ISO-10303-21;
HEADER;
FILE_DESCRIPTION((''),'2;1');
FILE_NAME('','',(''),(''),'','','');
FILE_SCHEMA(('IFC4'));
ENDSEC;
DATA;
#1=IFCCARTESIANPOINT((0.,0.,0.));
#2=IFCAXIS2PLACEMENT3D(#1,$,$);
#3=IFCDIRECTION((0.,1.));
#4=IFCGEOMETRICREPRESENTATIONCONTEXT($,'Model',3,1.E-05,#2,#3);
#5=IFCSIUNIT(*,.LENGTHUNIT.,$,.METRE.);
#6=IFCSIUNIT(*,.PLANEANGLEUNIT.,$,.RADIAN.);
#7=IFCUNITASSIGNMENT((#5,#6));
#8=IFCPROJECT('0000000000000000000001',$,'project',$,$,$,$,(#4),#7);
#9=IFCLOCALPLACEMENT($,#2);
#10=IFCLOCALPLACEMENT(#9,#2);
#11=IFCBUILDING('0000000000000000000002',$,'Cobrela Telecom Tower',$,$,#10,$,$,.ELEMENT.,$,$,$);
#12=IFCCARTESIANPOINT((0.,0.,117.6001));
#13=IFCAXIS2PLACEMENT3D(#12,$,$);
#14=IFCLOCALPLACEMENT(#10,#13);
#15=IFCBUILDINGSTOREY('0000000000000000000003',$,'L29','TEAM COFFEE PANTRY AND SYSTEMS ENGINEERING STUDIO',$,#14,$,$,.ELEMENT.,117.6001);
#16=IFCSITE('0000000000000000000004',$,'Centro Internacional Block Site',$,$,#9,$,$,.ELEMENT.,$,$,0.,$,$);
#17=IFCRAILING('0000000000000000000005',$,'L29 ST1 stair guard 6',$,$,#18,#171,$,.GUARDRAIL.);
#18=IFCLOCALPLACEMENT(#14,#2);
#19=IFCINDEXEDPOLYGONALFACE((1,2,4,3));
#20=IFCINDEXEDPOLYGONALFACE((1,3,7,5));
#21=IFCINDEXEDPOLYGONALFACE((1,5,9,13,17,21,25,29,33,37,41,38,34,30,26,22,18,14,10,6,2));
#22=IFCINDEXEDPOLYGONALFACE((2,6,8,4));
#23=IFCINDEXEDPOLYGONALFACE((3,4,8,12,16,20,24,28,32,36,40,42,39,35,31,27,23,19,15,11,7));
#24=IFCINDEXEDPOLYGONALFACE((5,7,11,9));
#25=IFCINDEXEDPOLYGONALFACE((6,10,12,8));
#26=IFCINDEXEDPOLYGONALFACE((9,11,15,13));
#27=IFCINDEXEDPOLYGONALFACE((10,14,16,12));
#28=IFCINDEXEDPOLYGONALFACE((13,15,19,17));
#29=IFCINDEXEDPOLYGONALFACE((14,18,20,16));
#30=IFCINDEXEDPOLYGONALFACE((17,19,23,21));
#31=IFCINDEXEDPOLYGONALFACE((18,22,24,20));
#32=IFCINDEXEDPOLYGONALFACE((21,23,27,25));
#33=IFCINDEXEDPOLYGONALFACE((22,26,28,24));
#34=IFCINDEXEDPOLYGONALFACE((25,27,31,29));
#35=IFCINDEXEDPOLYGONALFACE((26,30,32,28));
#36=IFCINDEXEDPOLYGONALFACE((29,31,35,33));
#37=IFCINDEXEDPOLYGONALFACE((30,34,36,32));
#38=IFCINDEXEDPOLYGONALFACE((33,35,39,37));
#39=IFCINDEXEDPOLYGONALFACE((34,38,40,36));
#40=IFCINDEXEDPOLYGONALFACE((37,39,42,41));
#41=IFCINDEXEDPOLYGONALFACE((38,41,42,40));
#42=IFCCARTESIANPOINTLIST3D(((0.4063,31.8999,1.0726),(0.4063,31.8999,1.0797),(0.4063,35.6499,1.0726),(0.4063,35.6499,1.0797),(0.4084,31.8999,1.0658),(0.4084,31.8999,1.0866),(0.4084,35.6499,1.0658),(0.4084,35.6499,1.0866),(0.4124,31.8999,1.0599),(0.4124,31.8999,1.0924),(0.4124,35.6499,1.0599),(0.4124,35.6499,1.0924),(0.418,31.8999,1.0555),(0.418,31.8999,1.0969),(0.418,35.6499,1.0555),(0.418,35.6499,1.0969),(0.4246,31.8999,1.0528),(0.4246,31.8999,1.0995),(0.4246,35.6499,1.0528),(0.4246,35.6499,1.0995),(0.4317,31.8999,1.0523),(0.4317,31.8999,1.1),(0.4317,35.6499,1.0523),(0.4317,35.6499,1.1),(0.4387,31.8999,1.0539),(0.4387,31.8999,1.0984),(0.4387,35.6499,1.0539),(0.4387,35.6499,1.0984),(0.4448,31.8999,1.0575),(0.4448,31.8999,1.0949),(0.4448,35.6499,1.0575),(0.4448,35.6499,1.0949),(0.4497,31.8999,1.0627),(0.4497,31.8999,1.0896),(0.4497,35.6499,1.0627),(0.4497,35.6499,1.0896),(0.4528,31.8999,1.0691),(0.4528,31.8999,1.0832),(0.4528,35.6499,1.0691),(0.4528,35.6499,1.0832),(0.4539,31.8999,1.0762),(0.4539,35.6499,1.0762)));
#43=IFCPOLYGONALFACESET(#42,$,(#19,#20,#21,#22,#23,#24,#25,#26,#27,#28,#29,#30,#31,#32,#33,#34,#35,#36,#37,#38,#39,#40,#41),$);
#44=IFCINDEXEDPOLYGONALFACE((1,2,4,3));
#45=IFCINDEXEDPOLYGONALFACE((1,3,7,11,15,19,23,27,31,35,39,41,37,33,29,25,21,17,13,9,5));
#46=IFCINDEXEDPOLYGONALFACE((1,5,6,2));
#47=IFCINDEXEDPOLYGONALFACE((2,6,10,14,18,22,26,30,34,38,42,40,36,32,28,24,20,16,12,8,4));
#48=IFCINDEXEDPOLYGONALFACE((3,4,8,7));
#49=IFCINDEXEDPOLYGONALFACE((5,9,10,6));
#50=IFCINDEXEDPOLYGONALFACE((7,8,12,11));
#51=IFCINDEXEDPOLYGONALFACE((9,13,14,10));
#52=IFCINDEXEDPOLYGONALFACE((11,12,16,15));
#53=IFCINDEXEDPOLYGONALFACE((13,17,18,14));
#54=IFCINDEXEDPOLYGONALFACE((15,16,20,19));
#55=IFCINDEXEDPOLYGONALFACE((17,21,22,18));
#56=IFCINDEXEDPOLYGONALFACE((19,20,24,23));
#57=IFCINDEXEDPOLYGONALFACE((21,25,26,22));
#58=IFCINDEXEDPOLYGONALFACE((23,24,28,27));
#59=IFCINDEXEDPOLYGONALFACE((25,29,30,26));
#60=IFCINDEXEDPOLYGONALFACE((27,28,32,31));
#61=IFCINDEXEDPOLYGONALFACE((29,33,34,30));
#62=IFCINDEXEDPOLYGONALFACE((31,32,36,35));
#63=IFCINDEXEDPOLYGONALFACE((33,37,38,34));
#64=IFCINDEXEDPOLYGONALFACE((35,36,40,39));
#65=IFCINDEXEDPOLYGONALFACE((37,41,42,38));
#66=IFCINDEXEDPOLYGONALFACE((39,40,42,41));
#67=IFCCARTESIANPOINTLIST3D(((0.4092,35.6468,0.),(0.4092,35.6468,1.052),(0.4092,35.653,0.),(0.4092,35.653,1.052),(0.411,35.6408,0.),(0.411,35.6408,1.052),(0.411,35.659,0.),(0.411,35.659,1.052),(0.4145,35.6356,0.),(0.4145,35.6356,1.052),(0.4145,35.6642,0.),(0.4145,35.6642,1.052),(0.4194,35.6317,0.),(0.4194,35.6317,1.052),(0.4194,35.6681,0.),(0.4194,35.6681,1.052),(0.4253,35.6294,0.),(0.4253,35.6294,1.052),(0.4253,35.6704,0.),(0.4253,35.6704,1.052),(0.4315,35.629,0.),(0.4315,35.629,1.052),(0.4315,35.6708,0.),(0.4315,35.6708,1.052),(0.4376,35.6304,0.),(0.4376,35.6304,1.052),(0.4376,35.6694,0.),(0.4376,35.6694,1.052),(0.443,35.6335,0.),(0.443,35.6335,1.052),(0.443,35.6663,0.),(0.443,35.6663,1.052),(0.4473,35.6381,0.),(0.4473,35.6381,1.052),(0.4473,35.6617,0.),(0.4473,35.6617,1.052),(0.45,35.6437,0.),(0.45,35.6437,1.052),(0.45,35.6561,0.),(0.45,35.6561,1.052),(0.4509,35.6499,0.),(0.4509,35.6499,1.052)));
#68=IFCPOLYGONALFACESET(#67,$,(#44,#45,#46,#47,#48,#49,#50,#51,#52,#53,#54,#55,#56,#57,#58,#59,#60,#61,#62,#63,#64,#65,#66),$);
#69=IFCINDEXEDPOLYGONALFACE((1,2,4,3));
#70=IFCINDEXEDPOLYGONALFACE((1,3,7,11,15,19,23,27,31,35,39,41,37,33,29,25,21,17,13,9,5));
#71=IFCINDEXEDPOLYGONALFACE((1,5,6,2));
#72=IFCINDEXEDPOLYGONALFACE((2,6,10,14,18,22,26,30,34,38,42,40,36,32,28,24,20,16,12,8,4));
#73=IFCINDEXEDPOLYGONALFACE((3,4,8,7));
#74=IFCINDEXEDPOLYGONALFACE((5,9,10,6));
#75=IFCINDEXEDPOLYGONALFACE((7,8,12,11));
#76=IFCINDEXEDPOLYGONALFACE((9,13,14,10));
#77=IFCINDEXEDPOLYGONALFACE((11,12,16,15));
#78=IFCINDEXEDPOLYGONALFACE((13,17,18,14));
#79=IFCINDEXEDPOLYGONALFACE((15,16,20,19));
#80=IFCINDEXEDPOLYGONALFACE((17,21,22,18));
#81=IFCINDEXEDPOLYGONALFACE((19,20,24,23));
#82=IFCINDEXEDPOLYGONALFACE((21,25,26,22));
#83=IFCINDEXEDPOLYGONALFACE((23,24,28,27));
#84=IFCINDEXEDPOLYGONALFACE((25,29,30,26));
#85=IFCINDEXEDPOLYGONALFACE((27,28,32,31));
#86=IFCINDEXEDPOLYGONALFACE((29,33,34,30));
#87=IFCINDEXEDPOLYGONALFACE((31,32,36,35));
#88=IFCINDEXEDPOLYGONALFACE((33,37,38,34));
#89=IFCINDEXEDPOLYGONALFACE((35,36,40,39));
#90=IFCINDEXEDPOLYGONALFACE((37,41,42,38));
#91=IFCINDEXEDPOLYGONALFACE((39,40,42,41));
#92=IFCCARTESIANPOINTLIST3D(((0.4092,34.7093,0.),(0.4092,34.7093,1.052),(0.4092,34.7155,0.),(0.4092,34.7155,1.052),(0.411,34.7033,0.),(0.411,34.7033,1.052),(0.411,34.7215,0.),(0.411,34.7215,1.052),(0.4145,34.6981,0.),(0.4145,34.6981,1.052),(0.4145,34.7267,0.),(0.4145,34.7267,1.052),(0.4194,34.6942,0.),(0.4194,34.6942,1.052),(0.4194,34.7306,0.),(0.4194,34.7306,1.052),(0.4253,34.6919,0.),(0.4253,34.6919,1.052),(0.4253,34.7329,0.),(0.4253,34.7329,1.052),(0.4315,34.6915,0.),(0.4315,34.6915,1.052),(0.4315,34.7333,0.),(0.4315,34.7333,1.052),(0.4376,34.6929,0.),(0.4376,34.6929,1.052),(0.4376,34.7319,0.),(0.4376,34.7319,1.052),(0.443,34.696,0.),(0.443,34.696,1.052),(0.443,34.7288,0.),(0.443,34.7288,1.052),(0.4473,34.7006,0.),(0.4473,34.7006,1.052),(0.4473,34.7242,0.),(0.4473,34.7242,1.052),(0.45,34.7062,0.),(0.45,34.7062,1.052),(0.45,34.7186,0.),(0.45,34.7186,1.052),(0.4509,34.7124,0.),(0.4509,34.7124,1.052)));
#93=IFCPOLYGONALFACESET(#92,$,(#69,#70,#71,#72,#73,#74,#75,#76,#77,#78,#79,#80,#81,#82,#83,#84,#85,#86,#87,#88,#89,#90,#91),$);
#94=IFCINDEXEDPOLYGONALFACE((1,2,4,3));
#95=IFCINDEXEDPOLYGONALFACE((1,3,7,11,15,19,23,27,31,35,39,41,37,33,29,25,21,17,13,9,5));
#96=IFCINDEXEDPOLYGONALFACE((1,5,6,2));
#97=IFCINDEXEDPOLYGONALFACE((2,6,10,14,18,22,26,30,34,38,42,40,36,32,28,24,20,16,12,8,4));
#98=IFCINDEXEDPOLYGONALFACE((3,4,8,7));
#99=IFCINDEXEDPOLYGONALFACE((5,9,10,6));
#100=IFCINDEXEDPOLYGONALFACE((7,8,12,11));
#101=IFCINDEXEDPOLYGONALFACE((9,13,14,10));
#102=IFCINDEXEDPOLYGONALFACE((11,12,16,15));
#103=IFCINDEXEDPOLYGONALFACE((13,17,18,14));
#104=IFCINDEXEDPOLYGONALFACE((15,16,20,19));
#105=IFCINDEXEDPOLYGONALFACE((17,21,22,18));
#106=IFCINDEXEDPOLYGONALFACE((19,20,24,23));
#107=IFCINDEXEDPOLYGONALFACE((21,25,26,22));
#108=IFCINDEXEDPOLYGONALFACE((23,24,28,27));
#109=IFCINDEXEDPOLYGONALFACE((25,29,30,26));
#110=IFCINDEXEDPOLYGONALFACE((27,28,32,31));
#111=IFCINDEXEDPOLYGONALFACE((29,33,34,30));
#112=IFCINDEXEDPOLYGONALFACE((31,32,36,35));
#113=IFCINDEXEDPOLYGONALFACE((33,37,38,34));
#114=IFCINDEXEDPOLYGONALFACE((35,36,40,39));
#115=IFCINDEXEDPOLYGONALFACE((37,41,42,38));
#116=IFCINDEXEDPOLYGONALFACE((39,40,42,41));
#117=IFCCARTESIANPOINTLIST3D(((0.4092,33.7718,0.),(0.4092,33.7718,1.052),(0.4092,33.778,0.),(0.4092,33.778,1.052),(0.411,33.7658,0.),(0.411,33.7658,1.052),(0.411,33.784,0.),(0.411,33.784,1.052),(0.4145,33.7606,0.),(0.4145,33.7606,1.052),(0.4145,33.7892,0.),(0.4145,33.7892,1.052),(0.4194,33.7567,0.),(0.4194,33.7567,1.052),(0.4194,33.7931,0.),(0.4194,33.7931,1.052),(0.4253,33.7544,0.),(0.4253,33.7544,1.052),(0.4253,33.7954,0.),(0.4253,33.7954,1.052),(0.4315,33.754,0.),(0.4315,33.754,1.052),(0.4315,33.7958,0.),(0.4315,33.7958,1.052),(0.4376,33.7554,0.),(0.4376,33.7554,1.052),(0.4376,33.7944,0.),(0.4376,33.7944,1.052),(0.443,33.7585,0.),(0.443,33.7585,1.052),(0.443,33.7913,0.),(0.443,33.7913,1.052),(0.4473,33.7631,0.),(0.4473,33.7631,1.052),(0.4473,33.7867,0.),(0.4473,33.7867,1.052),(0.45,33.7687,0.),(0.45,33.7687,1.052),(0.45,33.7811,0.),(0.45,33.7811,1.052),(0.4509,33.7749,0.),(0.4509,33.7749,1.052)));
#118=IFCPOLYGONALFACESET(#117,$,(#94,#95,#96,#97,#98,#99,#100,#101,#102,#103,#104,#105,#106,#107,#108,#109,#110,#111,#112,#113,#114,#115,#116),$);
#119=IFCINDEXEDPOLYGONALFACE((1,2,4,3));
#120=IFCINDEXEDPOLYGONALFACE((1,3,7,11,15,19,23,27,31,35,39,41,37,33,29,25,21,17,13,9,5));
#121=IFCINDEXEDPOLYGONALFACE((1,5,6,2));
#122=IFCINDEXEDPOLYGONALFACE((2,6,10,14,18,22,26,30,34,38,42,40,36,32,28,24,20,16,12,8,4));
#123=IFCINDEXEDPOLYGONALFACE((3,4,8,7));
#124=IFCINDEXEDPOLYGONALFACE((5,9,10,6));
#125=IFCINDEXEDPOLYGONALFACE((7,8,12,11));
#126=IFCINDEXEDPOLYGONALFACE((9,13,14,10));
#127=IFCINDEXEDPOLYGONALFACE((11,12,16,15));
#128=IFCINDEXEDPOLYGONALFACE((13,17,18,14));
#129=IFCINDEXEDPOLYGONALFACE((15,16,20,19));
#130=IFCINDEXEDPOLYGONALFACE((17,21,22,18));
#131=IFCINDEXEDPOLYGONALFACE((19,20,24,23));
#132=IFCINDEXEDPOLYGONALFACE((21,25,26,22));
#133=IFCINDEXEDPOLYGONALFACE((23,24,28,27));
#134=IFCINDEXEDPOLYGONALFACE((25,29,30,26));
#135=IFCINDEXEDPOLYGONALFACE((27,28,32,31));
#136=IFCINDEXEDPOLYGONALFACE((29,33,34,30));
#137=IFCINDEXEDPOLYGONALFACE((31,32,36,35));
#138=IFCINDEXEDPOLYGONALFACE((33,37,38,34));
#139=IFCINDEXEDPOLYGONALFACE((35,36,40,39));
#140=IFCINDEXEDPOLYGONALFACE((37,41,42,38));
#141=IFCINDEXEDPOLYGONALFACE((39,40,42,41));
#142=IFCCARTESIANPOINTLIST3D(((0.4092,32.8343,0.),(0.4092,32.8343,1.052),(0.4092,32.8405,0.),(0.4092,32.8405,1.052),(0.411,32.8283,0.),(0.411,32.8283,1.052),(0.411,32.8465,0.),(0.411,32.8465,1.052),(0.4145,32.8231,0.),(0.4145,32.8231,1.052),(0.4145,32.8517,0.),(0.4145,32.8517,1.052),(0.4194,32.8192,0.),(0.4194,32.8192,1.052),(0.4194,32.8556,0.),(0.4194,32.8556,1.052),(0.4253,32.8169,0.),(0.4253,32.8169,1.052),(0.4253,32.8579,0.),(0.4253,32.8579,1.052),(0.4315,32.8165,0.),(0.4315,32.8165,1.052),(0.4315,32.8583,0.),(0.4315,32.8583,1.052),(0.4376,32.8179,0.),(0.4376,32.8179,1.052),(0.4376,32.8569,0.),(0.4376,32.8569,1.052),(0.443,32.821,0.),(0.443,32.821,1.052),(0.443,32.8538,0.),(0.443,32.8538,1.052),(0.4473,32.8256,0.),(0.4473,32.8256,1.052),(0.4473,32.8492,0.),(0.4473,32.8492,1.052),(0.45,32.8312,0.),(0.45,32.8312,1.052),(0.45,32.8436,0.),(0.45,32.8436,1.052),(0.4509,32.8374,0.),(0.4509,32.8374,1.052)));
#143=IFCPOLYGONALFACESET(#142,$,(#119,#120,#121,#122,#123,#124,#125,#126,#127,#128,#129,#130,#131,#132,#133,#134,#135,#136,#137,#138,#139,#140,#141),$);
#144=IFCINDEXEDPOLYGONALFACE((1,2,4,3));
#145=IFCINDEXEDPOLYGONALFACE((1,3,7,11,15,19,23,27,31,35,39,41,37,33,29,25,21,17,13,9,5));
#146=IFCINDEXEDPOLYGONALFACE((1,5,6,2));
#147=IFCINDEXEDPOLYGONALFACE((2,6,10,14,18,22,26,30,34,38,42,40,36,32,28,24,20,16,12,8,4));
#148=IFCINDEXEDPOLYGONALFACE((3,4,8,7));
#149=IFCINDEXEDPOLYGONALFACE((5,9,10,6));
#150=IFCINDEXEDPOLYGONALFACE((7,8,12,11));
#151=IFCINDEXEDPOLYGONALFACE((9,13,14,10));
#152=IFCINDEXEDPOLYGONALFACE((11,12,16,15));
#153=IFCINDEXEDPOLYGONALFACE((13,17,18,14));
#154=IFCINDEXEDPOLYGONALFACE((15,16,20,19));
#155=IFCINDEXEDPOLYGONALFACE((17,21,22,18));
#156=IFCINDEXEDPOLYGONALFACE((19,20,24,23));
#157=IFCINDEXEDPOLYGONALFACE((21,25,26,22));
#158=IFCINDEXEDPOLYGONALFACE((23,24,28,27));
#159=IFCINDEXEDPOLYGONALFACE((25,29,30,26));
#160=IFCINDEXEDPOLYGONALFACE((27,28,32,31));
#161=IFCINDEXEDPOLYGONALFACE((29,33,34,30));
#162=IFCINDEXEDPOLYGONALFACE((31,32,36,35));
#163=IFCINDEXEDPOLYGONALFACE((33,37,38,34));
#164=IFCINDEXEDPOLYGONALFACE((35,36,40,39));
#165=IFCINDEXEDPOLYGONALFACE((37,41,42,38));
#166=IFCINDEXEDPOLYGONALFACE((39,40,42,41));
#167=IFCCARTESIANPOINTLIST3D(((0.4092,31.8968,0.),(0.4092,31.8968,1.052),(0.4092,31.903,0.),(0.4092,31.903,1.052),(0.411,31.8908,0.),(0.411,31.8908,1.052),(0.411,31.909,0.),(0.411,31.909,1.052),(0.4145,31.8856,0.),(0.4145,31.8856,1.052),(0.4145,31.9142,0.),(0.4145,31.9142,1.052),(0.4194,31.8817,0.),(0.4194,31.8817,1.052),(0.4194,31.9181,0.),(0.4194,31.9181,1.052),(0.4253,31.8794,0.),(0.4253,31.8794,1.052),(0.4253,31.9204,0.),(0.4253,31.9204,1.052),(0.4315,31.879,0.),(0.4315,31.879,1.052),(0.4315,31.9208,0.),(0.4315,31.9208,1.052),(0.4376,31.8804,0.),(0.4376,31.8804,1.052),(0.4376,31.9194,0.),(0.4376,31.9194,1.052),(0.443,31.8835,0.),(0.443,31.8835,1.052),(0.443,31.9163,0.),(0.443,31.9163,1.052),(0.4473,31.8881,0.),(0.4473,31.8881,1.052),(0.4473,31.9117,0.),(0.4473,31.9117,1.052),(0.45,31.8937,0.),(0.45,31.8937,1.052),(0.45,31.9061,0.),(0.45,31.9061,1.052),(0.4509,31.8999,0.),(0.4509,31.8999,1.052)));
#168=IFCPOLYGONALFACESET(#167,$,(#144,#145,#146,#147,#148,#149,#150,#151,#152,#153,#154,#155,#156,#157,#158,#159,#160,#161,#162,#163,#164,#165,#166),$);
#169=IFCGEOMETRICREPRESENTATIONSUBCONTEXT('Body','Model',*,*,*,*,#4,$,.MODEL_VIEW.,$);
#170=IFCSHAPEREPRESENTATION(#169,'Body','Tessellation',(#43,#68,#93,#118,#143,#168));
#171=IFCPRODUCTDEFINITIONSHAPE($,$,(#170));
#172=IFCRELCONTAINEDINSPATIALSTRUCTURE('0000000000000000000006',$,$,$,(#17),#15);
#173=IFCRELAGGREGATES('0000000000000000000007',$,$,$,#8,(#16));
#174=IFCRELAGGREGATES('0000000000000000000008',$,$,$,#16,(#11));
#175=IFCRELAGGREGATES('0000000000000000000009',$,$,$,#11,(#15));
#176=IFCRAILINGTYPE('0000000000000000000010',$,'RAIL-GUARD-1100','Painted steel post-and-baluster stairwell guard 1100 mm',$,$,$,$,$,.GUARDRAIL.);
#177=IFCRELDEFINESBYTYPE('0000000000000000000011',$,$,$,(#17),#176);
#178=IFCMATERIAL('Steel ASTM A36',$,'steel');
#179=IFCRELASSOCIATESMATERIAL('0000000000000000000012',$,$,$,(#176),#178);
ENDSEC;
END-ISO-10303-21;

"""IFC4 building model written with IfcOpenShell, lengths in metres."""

from ifc_helpers import new_model, si_unit, direction, frame, origin, origin_2d, place, context, subcontext, project, spatial, circle, extrude, material, type_object, element, save


model = new_model("IFC4")

# Units and contexts
model_context = context("Model", 3, precision=1e-05, world=origin(), true_north=direction((0.0, 1.0)))
body_context = subcontext(model_context, "Body", "Model", "MODEL_VIEW")
ifc_project = project(units=[si_unit("LENGTHUNIT", "METRE"), si_unit("PLANEANGLEUNIT", "RADIAN")], contexts=[model_context])

# Site, building, storey
site_placement = place(None, origin())
site = spatial("IfcSite", under=ifc_project, at=site_placement, Name="Centro Internacional Block Site", CompositionType="ELEMENT", RefElevation=0.0)
building_placement = place(site_placement, origin())
building = spatial("IfcBuilding", under=site, at=building_placement, Name="Cobrela Telecom Tower", CompositionType="ELEMENT")
storey_placement = place(building_placement, frame((0.0, 0.0, 117.6001)))
storey = spatial("IfcBuildingStorey", under=building, at=storey_placement, Name="L29", Description="TEAM COFFEE PANTRY AND SYSTEMS ENGINEERING STUDIO", CompositionType="ELEMENT", Elevation=117.6001)

# Shared definitions
ifc_material_1 = material(Name="Steel ASTM A36", Category="steel")

# Railing
railing_type_1 = type_object("IfcRailingType", Name="RAIL-GUARD-1100", Description="Painted steel post-and-baluster stairwell guard 1100 mm", PredefinedType="GUARDRAIL", material=ifc_material_1)
railing_1_placement = place(storey_placement, frame((0.4299, 35.6499, 0.0)))
element("IfcRailing", 1, at=railing_1_placement, inside=storey, type_object=railing_type_1, Name="L29 ST1 stair guard 6", PredefinedType="GUARDRAIL", context=body_context, shape_type="SweptSolid", body=[
    extrude(circle(Radius=0.0239, at=origin_2d()), frame((0.0, 0.0, 1.0762), z_axis=(0.0, -1.0, 0.0), x_axis=(1.0, 0.0, 0.0)), (0.0, 0.0, 1.0), 3.75),
    extrude(circle(Radius=0.021, at=origin_2d()), origin(), (0.0, 0.0, 1.0), 1.052),
    extrude(circle(Radius=0.021, at=origin_2d()), frame((0.0, -0.9375, 0.0)), (0.0, 0.0, 1.0), 1.052),
    extrude(circle(Radius=0.021, at=origin_2d()), frame((0.0, -1.875, 0.0)), (0.0, 0.0, 1.0), 1.052),
    extrude(circle(Radius=0.021, at=origin_2d()), frame((0.0, -2.8125, 0.0)), (0.0, 0.0, 1.0), 1.052),
    extrude(circle(Radius=0.021, at=origin_2d()), frame((0.0, -3.75, 0.0)), (0.0, 0.0, 1.0), 1.052),
])

save(model, "model.ifc")
